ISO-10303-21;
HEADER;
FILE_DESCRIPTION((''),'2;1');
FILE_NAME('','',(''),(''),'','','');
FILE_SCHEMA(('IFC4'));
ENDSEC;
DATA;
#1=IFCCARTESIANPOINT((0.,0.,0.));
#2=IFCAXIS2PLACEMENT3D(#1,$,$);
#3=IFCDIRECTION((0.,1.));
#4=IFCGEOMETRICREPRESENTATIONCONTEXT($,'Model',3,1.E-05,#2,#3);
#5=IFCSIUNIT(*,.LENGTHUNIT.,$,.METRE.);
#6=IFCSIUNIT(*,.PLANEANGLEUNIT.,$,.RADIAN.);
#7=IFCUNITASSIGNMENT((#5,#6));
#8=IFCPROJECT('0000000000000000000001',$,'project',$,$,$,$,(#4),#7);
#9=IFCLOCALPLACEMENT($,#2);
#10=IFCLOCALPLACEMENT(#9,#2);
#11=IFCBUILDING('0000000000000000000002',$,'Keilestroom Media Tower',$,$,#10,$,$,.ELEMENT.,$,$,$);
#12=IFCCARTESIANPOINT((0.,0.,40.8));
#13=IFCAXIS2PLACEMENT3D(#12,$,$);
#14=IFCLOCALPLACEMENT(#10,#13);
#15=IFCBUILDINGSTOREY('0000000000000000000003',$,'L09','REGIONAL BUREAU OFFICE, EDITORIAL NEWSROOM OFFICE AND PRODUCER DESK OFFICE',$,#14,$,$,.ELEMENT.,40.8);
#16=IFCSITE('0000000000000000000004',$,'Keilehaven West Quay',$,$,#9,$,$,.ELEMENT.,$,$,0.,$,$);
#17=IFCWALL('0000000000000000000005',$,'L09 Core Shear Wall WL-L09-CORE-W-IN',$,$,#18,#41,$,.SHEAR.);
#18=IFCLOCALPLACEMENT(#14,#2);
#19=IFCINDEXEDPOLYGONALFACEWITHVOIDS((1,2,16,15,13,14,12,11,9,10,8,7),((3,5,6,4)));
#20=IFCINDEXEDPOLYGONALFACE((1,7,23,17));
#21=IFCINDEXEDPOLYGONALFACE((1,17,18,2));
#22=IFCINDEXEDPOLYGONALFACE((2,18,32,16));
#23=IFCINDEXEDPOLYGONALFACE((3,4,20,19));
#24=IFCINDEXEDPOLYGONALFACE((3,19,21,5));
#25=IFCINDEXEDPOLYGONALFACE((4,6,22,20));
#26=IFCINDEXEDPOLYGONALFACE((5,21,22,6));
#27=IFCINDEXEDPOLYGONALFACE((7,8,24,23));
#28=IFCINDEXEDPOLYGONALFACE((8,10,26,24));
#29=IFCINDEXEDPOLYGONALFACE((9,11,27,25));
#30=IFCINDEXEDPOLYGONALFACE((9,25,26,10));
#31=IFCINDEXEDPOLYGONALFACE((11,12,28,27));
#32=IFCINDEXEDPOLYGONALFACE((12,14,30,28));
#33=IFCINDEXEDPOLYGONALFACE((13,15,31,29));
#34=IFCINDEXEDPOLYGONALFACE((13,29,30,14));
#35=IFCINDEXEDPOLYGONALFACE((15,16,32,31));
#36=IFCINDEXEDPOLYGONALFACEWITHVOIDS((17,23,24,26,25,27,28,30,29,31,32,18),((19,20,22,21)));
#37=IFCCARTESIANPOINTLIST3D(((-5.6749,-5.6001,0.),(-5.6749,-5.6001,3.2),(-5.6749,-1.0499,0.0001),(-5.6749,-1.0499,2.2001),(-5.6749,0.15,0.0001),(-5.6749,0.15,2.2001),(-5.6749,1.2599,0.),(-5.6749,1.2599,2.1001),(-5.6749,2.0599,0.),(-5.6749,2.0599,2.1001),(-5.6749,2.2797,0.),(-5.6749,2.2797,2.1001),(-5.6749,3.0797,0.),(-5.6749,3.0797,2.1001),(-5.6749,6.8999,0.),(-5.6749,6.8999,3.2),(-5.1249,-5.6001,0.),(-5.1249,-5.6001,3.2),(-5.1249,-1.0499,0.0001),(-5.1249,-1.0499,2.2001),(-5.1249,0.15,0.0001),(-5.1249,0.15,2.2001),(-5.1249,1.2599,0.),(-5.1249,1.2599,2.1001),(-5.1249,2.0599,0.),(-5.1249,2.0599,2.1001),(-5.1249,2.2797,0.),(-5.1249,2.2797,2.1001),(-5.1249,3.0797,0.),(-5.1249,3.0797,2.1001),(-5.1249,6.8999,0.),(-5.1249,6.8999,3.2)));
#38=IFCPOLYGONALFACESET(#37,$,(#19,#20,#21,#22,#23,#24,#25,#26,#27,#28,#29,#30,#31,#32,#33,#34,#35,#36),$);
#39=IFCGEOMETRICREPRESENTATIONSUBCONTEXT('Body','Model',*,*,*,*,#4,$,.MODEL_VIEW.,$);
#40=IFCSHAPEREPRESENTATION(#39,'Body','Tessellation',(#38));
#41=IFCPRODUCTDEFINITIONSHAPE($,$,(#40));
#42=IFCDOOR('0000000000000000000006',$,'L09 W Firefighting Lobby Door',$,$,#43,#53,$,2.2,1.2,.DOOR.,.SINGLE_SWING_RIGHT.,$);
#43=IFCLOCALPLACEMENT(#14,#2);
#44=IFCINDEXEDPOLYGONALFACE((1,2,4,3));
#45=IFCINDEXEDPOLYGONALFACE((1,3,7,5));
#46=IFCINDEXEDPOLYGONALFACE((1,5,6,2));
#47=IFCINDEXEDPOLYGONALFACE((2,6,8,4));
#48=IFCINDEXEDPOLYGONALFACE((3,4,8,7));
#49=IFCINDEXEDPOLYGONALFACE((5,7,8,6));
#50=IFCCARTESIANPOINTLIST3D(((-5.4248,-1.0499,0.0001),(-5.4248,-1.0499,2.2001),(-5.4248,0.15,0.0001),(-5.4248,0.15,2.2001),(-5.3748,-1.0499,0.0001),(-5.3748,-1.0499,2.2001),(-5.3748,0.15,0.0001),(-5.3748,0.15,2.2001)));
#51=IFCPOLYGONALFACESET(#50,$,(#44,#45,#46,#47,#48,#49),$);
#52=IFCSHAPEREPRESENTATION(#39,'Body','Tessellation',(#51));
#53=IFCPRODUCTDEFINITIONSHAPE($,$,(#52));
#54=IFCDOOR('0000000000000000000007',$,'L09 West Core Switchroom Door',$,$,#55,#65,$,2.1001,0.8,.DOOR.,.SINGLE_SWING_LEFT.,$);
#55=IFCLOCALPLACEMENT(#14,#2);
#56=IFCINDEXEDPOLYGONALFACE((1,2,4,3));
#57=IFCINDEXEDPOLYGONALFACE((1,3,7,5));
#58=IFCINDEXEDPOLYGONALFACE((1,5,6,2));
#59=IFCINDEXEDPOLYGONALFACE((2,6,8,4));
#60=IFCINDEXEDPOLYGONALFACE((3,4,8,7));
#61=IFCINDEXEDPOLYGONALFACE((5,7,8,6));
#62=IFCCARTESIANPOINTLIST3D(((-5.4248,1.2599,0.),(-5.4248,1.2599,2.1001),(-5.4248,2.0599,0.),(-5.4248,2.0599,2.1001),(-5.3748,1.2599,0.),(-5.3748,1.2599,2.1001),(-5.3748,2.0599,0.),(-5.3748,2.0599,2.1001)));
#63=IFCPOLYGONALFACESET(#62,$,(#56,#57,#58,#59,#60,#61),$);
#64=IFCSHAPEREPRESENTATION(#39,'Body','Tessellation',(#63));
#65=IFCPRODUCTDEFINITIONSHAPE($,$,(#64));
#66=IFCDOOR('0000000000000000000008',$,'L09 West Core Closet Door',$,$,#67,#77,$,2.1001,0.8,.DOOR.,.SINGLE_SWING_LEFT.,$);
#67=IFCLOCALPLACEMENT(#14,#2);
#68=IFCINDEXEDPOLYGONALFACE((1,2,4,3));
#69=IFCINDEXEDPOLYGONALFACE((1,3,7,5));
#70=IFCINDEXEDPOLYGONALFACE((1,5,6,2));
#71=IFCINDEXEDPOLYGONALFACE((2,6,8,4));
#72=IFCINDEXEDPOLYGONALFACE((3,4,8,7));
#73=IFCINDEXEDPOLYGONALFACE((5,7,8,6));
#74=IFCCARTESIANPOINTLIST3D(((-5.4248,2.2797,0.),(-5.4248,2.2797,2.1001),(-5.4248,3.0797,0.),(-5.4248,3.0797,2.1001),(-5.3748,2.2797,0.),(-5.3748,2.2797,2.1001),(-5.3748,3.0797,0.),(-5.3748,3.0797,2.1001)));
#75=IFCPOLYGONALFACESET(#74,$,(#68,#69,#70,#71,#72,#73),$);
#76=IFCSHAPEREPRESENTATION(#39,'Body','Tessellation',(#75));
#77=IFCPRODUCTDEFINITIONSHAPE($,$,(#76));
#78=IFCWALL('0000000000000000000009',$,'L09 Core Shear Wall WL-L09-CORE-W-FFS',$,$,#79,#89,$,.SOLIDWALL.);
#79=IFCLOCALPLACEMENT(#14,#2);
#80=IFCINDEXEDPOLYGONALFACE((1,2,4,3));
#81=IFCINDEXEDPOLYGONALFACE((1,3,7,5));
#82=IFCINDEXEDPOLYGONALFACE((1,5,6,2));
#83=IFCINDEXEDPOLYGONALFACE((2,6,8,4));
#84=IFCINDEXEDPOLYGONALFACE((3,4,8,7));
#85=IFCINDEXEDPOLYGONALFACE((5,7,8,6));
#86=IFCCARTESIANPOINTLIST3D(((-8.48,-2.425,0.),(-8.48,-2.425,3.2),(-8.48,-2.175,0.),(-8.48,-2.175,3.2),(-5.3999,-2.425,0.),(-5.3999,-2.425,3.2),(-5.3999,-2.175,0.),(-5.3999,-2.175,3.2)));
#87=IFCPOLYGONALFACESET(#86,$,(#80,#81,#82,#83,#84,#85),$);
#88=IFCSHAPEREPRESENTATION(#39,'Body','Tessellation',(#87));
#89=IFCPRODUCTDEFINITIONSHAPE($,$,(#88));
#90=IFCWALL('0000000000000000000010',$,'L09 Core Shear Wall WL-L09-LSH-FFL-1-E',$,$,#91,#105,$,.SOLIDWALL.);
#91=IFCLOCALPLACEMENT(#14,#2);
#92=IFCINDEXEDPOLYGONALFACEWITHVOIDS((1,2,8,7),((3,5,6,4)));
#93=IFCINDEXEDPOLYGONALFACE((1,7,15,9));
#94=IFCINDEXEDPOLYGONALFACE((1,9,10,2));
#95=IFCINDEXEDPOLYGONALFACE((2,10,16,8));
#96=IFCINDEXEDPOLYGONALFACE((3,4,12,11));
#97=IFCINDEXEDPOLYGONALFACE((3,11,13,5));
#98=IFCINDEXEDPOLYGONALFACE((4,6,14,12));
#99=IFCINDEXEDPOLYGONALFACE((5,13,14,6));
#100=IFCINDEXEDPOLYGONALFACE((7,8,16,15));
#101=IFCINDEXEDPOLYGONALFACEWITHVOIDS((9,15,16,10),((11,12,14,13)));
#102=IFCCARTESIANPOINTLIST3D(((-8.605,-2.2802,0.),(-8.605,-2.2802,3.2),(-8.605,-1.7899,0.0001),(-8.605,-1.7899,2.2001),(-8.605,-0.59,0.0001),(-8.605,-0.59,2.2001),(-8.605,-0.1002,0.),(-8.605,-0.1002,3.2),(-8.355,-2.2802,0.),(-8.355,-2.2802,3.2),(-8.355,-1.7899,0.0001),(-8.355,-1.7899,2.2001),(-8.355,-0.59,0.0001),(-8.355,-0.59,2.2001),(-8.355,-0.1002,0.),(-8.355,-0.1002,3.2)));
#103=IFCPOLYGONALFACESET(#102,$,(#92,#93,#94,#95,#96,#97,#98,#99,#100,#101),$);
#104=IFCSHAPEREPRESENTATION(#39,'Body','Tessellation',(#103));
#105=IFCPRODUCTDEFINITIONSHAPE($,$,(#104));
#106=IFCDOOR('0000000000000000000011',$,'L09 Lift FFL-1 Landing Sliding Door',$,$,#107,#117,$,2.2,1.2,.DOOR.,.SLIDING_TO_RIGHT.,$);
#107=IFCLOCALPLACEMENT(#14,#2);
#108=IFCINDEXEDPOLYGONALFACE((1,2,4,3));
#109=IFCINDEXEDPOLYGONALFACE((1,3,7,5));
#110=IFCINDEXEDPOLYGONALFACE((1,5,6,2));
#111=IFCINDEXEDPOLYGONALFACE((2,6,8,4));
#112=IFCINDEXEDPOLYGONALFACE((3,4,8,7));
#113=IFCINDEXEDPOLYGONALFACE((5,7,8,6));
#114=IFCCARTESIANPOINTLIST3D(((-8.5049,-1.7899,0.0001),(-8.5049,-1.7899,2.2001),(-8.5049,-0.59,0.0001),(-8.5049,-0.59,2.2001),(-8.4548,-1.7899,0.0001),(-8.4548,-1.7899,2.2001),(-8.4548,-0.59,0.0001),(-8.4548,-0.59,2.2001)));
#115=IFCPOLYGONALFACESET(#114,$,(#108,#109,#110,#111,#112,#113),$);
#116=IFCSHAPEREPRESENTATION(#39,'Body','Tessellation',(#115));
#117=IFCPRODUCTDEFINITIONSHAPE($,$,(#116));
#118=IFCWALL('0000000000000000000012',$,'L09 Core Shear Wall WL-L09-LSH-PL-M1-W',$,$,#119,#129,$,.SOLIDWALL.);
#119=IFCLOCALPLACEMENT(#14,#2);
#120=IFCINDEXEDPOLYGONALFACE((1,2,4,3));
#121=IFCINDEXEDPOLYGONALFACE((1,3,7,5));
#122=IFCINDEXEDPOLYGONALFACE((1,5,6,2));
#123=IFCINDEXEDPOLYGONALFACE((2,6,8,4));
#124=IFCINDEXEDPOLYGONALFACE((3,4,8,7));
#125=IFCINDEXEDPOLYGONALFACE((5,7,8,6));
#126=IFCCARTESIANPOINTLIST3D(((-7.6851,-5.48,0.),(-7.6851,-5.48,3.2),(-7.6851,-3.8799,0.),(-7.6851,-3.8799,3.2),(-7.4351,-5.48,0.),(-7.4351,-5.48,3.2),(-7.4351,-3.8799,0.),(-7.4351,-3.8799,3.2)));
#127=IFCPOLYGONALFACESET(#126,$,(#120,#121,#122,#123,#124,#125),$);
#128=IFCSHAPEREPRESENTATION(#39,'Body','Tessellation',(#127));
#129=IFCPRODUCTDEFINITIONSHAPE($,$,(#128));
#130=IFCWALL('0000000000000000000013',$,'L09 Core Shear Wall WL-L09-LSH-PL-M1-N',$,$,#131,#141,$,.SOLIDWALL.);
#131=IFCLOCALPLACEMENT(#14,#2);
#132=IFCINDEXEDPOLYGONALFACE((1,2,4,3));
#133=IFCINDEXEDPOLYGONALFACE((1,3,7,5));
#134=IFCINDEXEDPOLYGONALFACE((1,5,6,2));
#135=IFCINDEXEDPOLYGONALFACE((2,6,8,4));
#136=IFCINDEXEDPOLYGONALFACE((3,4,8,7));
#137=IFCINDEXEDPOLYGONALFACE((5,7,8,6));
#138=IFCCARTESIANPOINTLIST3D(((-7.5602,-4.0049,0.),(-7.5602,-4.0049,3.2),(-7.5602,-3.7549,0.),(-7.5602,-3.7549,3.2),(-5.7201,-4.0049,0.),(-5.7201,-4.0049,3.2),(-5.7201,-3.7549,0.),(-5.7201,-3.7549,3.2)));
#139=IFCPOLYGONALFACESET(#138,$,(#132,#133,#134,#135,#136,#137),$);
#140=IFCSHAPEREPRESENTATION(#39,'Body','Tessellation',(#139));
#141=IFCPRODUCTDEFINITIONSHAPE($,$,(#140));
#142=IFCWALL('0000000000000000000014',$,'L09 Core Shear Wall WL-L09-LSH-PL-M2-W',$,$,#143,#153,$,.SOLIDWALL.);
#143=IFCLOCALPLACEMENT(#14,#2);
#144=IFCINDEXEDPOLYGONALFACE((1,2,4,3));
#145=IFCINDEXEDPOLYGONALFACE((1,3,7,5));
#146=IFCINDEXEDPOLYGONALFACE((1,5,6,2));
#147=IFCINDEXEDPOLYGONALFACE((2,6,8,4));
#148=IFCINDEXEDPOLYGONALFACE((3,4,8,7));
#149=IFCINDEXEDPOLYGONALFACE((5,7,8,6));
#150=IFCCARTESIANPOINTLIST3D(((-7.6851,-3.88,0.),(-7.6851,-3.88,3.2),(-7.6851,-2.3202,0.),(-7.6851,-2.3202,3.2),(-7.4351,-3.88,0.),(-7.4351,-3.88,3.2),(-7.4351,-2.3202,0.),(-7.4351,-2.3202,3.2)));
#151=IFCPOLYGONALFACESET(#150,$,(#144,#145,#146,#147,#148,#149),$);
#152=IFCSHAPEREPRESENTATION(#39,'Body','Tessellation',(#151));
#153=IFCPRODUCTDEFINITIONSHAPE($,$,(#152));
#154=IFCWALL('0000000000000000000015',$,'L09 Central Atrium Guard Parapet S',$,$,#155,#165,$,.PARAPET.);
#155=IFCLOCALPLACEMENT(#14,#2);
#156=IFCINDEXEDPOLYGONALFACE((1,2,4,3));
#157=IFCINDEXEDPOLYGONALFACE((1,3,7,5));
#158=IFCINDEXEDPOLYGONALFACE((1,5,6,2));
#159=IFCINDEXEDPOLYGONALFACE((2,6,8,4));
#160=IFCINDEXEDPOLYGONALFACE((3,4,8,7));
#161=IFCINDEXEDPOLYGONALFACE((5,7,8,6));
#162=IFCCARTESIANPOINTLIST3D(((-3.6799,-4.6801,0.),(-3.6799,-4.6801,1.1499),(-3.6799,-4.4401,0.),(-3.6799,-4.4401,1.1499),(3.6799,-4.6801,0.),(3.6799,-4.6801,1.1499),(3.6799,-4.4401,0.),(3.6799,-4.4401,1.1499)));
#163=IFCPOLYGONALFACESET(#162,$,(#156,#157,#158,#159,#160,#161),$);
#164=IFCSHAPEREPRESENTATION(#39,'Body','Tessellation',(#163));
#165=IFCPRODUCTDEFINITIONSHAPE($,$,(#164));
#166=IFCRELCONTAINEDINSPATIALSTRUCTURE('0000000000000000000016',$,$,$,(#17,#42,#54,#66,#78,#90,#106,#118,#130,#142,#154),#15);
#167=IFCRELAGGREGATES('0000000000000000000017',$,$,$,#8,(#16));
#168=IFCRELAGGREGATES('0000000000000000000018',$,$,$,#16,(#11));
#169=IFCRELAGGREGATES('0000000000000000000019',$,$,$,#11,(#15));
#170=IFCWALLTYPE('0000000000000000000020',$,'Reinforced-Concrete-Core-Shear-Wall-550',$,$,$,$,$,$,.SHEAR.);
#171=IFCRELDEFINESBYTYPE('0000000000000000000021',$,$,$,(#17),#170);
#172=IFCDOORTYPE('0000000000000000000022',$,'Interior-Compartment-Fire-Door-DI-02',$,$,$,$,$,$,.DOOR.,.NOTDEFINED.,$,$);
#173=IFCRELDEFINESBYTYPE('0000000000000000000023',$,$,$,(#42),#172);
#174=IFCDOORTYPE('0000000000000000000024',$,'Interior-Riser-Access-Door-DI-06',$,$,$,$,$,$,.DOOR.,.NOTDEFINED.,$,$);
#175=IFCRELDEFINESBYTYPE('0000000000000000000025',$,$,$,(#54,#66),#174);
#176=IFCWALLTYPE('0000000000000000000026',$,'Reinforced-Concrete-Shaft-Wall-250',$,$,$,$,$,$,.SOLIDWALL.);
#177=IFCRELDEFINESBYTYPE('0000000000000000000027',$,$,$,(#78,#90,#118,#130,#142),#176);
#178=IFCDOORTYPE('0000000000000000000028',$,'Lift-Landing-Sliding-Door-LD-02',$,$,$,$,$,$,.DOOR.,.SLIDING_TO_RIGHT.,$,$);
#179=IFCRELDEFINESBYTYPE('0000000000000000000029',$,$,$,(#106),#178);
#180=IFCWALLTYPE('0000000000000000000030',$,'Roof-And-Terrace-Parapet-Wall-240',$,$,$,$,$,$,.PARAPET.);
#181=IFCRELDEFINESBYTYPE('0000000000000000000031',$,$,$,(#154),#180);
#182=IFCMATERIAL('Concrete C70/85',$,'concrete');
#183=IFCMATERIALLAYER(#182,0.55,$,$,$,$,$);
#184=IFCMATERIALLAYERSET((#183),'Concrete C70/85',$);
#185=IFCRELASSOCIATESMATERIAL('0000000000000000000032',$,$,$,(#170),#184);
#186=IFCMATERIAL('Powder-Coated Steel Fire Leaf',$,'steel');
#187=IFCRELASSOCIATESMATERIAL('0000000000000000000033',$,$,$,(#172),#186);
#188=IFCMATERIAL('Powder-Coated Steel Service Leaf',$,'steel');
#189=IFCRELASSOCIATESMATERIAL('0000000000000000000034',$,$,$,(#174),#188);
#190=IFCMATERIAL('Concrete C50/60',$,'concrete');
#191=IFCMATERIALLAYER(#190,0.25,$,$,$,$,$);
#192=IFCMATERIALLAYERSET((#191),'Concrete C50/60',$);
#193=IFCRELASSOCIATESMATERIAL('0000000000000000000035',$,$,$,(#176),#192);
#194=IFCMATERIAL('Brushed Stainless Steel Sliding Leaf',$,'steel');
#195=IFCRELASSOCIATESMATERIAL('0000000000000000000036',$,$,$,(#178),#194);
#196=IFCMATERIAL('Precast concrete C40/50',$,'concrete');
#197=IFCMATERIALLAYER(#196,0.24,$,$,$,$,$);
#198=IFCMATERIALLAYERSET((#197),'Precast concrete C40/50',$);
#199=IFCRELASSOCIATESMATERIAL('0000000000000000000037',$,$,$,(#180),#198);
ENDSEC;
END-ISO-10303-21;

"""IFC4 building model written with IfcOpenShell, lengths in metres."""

from ifc_helpers import new_model, si_unit, direction, frame, frame_2d, origin, place, context, subcontext, project, spatial, rectangle, extrude, source, transform, mapped, material, layer, layer_set, type_object, element, fill, save


model = new_model("IFC4")

# Units and contexts
model_context = context("Model", 3, precision=1e-05, world=origin(), true_north=direction((0.0, 1.0)))
body_context = subcontext(model_context, "Body", "Model", "MODEL_VIEW")
ifc_project = project(units=[si_unit("LENGTHUNIT", "METRE"), si_unit("PLANEANGLEUNIT", "RADIAN")], contexts=[model_context])

# Site, building, storey
site_placement = place(None, origin())
site = spatial("IfcSite", under=ifc_project, at=site_placement, Name="Keilehaven West Quay", CompositionType="ELEMENT", RefElevation=0.0)
building_placement = place(site_placement, origin())
building = spatial("IfcBuilding", under=site, at=building_placement, Name="Keilestroom Media Tower", CompositionType="ELEMENT")
storey_placement = place(building_placement, frame((0.0, 0.0, 40.8)))
storey = spatial("IfcBuildingStorey", under=building, at=storey_placement, Name="L09", Description="REGIONAL BUREAU OFFICE, EDITORIAL NEWSROOM OFFICE AND PRODUCER DESK OFFICE", CompositionType="ELEMENT", Elevation=40.8)

# Shared definitions
ifc_material_1 = material(Name="Concrete C70/85", Category="concrete")

# Wall, openings, doors
ifc_layer_1 = layer(ifc_material_1, 0.55)
ifc_layer_set_1 = layer_set([ifc_layer_1], Name="Concrete C70/85")
wall_type_1 = type_object("IfcWallType", Name="Reinforced-Concrete-Core-Shear-Wall-550", PredefinedType="SHEAR", material=ifc_layer_set_1)
wall_1_placement = place(storey_placement, frame((-5.3999, -5.6001, 0.0), z_axis=(0.0, 0.0, 1.0), x_axis=(0.0, 1.0, 0.0)))
wall_1 = element("IfcWall", 1, at=wall_1_placement, inside=storey, type_object=wall_type_1, Name="L09 Core Shear Wall WL-L09-CORE-W-IN", PredefinedType="SHEAR", context=body_context, shape_type="SweptSolid", body=[
    extrude(rectangle(XDim=12.5, YDim=0.55, at=frame_2d((6.25, 0.0))), origin(), (0.0, 0.0, 1.0), 3.2),
])
opening_1_placement = place(wall_1_placement, frame((4.55, 0.0, 0.0)))
opening_1 = element("IfcOpeningElement", 2, at=opening_1_placement, cuts=wall_1, PredefinedType="OPENING", context=body_context, shape_type="SweptSolid", body=[
    extrude(rectangle(XDim=1.2, YDim=2.2, at=frame_2d((0.6001, 1.1001))), frame((0.0, 0.2852, 0.0), z_axis=(0.0, -1.0, 0.0), x_axis=(1.0, 0.0, 0.0)), (0.0, 0.0, 1.0), 0.5701),
])
opening_2_placement = place(wall_1_placement, frame((6.8601, 0.0, 0.0)))
opening_2 = element("IfcOpeningElement", 3, at=opening_2_placement, cuts=wall_1, PredefinedType="OPENING", context=body_context, shape_type="SweptSolid", body=[
    extrude(rectangle(XDim=0.8, YDim=2.1001, at=frame_2d((0.3999, 1.05))), frame((0.0, 0.2852, 0.0), z_axis=(0.0, -1.0, 0.0), x_axis=(1.0, 0.0, 0.0)), (0.0, 0.0, 1.0), 0.5701),
])
opening_3_placement = place(wall_1_placement, frame((7.8799, 0.0, 0.0)))
opening_3 = element("IfcOpeningElement", 4, at=opening_3_placement, cuts=wall_1, PredefinedType="OPENING", context=body_context, shape_type="SweptSolid", body=[
    extrude(rectangle(XDim=0.8, YDim=2.1001, at=frame_2d((0.3999, 1.05))), frame((0.0, 0.2852, 0.0), z_axis=(0.0, -1.0, 0.0), x_axis=(1.0, 0.0, 0.0)), (0.0, 0.0, 1.0), 0.5701),
])
ifc_material_2 = material(Name="Powder-Coated Steel Fire Leaf", Category="steel")
door_type_1 = type_object("IfcDoorType", Name="Interior-Compartment-Fire-Door-DI-02", OperationType="NOTDEFINED", PredefinedType="DOOR", material=ifc_material_2)
shared_shape_1 = source(origin(), body_context, "Body", "SweptSolid", [
    extrude(rectangle(XDim=1.2, YDim=2.2, at=frame_2d((0.6001, 1.1001))), frame((0.0, 0.0249, 0.0), z_axis=(0.0, -1.0, 0.0), x_axis=(1.0, 0.0, 0.0)), (0.0, 0.0, 1.0), 0.05),
])
door_1_placement = place(opening_1_placement, origin())
door_1 = element("IfcDoor", 5, at=door_1_placement, inside=storey, type_object=door_type_1, Name="L09 W Firefighting Lobby Door", OperationType="SINGLE_SWING_RIGHT", OverallHeight=2.2, OverallWidth=1.2, PredefinedType="DOOR", context=body_context, shape_type="MappedRepresentation", body=[
    mapped(shared_shape_1, transform((0.0, 0.0, 0.0), x_axis=(1.0, 0.0, 0.0), y_axis=(0.0, 1.0, 0.0), z_axis=(0.0, 0.0, 1.0), scale=1.0)),
])
fill(opening_1, door_1)
ifc_material_3 = material(Name="Powder-Coated Steel Service Leaf", Category="steel")
door_type_2 = type_object("IfcDoorType", Name="Interior-Riser-Access-Door-DI-06", OperationType="NOTDEFINED", PredefinedType="DOOR", material=ifc_material_3)
shared_shape_2 = source(origin(), body_context, "Body", "SweptSolid", [
    extrude(rectangle(XDim=0.8, YDim=2.1001, at=frame_2d((0.3999, 1.05))), frame((0.0, 0.0249, 0.0), z_axis=(0.0, -1.0, 0.0), x_axis=(1.0, 0.0, 0.0)), (0.0, 0.0, 1.0), 0.05),
])
door_2_placement = place(opening_2_placement, origin())
door_2 = element("IfcDoor", 6, at=door_2_placement, inside=storey, type_object=door_type_2, Name="L09 West Core Switchroom Door", OperationType="SINGLE_SWING_LEFT", OverallHeight=2.1001, OverallWidth=0.8, PredefinedType="DOOR", context=body_context, shape_type="MappedRepresentation", body=[
    mapped(shared_shape_2, transform((0.0, 0.0, 0.0), x_axis=(1.0, 0.0, 0.0), y_axis=(0.0, 1.0, 0.0), z_axis=(0.0, 0.0, 1.0), scale=1.0)),
])
fill(opening_2, door_2)
door_3_placement = place(opening_3_placement, origin())
door_3 = element("IfcDoor", 7, at=door_3_placement, inside=storey, type_object=door_type_2, Name="L09 West Core Closet Door", OperationType="SINGLE_SWING_LEFT", OverallHeight=2.1001, OverallWidth=0.8, PredefinedType="DOOR", context=body_context, shape_type="MappedRepresentation", body=[
    mapped(shared_shape_2, transform((0.0, 0.0, 0.0), x_axis=(1.0, 0.0, 0.0), y_axis=(0.0, 1.0, 0.0), z_axis=(0.0, 0.0, 1.0), scale=1.0)),
])
fill(opening_3, door_3)

# Wall
ifc_material_4 = material(Name="Concrete C50/60", Category="concrete")
ifc_layer_2 = layer(ifc_material_4, 0.25)
ifc_layer_set_2 = layer_set([ifc_layer_2], Name="Concrete C50/60")
wall_type_2 = type_object("IfcWallType", Name="Reinforced-Concrete-Shaft-Wall-250", PredefinedType="SOLIDWALL", material=ifc_layer_set_2)
wall_2_placement = place(storey_placement, frame((-8.48, -2.3, 0.0), z_axis=(0.0, 0.0, 1.0), x_axis=(1.0, 0.0, 0.0)))
element("IfcWall", 8, at=wall_2_placement, inside=storey, type_object=wall_type_2, Name="L09 Core Shear Wall WL-L09-CORE-W-FFS", PredefinedType="SOLIDWALL", context=body_context, shape_type="SweptSolid", body=[
    extrude(rectangle(XDim=3.0801, YDim=0.25, at=frame_2d((1.54, 0.0))), origin(), (0.0, 0.0, 1.0), 3.2),
])

# Wall, opening, door
wall_3_placement = place(storey_placement, frame((-8.48, -2.28, 0.0), z_axis=(0.0, 0.0, 1.0), x_axis=(0.0, 1.0, 0.0)))
wall_3 = element("IfcWall", 9, at=wall_3_placement, inside=storey, type_object=wall_type_2, Name="L09 Core Shear Wall WL-L09-LSH-FFL-1-E", PredefinedType="SOLIDWALL", context=body_context, shape_type="SweptSolid", body=[
    extrude(rectangle(XDim=2.1799, YDim=0.25, at=frame_2d((1.0898, 0.0))), origin(), (0.0, 0.0, 1.0), 3.2),
])
opening_4_placement = place(wall_3_placement, frame((0.49, 0.0, 0.0)))
opening_4 = element("IfcOpeningElement", 10, at=opening_4_placement, cuts=wall_3, PredefinedType="OPENING", context=body_context, shape_type="SweptSolid", body=[
    extrude(rectangle(XDim=1.2, YDim=2.2, at=frame_2d((0.6001, 1.1001))), frame((0.0, 0.135, 0.0), z_axis=(0.0, -1.0, 0.0), x_axis=(1.0, 0.0, 0.0)), (0.0, 0.0, 1.0), 0.27),
])
ifc_material_5 = material(Name="Brushed Stainless Steel Sliding Leaf", Category="steel")
door_type_3 = type_object("IfcDoorType", Name="Lift-Landing-Sliding-Door-LD-02", OperationType="SLIDING_TO_RIGHT", PredefinedType="DOOR", material=ifc_material_5)
door_4_placement = place(opening_4_placement, origin())
door_4 = element("IfcDoor", 11, at=door_4_placement, inside=storey, type_object=door_type_3, Name="L09 Lift FFL-1 Landing Sliding Door", OperationType="SLIDING_TO_RIGHT", OverallHeight=2.2, OverallWidth=1.2, PredefinedType="DOOR", context=body_context, shape_type="MappedRepresentation", body=[
    mapped(shared_shape_1, transform((0.0, 0.0, 0.0), x_axis=(1.0, 0.0, 0.0), y_axis=(0.0, 1.0, 0.0), z_axis=(0.0, 0.0, 1.0), scale=1.0)),
])
fill(opening_4, door_4)

# Walls
wall_4_placement = place(storey_placement, frame((-7.5601, -5.48, 0.0), z_axis=(0.0, 0.0, 1.0), x_axis=(0.0, 1.0, 0.0)))
element("IfcWall", 12, at=wall_4_placement, inside=storey, type_object=wall_type_2, Name="L09 Core Shear Wall WL-L09-LSH-PL-M1-W", PredefinedType="SOLIDWALL", context=body_context, shape_type="SweptSolid", body=[
    extrude(rectangle(XDim=1.6001, YDim=0.25, at=frame_2d((0.8, 0.0))), origin(), (0.0, 0.0, 1.0), 3.2),
])
wall_5_placement = place(storey_placement, frame((-7.5601, -3.8799, 0.0), z_axis=(0.0, 0.0, 1.0), x_axis=(1.0, 0.0, 0.0)))
element("IfcWall", 13, at=wall_5_placement, inside=storey, type_object=wall_type_2, Name="L09 Core Shear Wall WL-L09-LSH-PL-M1-N", PredefinedType="SOLIDWALL", context=body_context, shape_type="SweptSolid", body=[
    extrude(rectangle(XDim=1.8401, YDim=0.25, at=frame_2d((0.9199, 0.0))), origin(), (0.0, 0.0, 1.0), 3.2),
])
wall_6_placement = place(storey_placement, frame((-7.5601, -3.8799, 0.0), z_axis=(0.0, 0.0, 1.0), x_axis=(0.0, 1.0, 0.0)))
element("IfcWall", 14, at=wall_6_placement, inside=storey, type_object=wall_type_2, Name="L09 Core Shear Wall WL-L09-LSH-PL-M2-W", PredefinedType="SOLIDWALL", context=body_context, shape_type="SweptSolid", body=[
    extrude(rectangle(XDim=1.5598, YDim=0.25, at=frame_2d((0.7798, 0.0))), origin(), (0.0, 0.0, 1.0), 3.2),
])
ifc_material_6 = material(Name="Precast concrete C40/50", Category="concrete")
ifc_layer_3 = layer(ifc_material_6, 0.24)
ifc_layer_set_3 = layer_set([ifc_layer_3], Name="Precast concrete C40/50")
wall_type_3 = type_object("IfcWallType", Name="Roof-And-Terrace-Parapet-Wall-240", PredefinedType="PARAPET", material=ifc_layer_set_3)
wall_7_placement = place(storey_placement, frame((-3.6799, -4.5601, 0.0), z_axis=(0.0, 0.0, 1.0), x_axis=(1.0, 0.0, 0.0)))
element("IfcWall", 15, at=wall_7_placement, inside=storey, type_object=wall_type_3, Name="L09 Central Atrium Guard Parapet S", PredefinedType="PARAPET", context=body_context, shape_type="SweptSolid", body=[
    extrude(rectangle(XDim=7.3599, YDim=0.24, at=frame_2d((3.6799, 0.0))), origin(), (0.0, 0.0, 1.0), 1.1499),
])

save(model, "model.ifc")
